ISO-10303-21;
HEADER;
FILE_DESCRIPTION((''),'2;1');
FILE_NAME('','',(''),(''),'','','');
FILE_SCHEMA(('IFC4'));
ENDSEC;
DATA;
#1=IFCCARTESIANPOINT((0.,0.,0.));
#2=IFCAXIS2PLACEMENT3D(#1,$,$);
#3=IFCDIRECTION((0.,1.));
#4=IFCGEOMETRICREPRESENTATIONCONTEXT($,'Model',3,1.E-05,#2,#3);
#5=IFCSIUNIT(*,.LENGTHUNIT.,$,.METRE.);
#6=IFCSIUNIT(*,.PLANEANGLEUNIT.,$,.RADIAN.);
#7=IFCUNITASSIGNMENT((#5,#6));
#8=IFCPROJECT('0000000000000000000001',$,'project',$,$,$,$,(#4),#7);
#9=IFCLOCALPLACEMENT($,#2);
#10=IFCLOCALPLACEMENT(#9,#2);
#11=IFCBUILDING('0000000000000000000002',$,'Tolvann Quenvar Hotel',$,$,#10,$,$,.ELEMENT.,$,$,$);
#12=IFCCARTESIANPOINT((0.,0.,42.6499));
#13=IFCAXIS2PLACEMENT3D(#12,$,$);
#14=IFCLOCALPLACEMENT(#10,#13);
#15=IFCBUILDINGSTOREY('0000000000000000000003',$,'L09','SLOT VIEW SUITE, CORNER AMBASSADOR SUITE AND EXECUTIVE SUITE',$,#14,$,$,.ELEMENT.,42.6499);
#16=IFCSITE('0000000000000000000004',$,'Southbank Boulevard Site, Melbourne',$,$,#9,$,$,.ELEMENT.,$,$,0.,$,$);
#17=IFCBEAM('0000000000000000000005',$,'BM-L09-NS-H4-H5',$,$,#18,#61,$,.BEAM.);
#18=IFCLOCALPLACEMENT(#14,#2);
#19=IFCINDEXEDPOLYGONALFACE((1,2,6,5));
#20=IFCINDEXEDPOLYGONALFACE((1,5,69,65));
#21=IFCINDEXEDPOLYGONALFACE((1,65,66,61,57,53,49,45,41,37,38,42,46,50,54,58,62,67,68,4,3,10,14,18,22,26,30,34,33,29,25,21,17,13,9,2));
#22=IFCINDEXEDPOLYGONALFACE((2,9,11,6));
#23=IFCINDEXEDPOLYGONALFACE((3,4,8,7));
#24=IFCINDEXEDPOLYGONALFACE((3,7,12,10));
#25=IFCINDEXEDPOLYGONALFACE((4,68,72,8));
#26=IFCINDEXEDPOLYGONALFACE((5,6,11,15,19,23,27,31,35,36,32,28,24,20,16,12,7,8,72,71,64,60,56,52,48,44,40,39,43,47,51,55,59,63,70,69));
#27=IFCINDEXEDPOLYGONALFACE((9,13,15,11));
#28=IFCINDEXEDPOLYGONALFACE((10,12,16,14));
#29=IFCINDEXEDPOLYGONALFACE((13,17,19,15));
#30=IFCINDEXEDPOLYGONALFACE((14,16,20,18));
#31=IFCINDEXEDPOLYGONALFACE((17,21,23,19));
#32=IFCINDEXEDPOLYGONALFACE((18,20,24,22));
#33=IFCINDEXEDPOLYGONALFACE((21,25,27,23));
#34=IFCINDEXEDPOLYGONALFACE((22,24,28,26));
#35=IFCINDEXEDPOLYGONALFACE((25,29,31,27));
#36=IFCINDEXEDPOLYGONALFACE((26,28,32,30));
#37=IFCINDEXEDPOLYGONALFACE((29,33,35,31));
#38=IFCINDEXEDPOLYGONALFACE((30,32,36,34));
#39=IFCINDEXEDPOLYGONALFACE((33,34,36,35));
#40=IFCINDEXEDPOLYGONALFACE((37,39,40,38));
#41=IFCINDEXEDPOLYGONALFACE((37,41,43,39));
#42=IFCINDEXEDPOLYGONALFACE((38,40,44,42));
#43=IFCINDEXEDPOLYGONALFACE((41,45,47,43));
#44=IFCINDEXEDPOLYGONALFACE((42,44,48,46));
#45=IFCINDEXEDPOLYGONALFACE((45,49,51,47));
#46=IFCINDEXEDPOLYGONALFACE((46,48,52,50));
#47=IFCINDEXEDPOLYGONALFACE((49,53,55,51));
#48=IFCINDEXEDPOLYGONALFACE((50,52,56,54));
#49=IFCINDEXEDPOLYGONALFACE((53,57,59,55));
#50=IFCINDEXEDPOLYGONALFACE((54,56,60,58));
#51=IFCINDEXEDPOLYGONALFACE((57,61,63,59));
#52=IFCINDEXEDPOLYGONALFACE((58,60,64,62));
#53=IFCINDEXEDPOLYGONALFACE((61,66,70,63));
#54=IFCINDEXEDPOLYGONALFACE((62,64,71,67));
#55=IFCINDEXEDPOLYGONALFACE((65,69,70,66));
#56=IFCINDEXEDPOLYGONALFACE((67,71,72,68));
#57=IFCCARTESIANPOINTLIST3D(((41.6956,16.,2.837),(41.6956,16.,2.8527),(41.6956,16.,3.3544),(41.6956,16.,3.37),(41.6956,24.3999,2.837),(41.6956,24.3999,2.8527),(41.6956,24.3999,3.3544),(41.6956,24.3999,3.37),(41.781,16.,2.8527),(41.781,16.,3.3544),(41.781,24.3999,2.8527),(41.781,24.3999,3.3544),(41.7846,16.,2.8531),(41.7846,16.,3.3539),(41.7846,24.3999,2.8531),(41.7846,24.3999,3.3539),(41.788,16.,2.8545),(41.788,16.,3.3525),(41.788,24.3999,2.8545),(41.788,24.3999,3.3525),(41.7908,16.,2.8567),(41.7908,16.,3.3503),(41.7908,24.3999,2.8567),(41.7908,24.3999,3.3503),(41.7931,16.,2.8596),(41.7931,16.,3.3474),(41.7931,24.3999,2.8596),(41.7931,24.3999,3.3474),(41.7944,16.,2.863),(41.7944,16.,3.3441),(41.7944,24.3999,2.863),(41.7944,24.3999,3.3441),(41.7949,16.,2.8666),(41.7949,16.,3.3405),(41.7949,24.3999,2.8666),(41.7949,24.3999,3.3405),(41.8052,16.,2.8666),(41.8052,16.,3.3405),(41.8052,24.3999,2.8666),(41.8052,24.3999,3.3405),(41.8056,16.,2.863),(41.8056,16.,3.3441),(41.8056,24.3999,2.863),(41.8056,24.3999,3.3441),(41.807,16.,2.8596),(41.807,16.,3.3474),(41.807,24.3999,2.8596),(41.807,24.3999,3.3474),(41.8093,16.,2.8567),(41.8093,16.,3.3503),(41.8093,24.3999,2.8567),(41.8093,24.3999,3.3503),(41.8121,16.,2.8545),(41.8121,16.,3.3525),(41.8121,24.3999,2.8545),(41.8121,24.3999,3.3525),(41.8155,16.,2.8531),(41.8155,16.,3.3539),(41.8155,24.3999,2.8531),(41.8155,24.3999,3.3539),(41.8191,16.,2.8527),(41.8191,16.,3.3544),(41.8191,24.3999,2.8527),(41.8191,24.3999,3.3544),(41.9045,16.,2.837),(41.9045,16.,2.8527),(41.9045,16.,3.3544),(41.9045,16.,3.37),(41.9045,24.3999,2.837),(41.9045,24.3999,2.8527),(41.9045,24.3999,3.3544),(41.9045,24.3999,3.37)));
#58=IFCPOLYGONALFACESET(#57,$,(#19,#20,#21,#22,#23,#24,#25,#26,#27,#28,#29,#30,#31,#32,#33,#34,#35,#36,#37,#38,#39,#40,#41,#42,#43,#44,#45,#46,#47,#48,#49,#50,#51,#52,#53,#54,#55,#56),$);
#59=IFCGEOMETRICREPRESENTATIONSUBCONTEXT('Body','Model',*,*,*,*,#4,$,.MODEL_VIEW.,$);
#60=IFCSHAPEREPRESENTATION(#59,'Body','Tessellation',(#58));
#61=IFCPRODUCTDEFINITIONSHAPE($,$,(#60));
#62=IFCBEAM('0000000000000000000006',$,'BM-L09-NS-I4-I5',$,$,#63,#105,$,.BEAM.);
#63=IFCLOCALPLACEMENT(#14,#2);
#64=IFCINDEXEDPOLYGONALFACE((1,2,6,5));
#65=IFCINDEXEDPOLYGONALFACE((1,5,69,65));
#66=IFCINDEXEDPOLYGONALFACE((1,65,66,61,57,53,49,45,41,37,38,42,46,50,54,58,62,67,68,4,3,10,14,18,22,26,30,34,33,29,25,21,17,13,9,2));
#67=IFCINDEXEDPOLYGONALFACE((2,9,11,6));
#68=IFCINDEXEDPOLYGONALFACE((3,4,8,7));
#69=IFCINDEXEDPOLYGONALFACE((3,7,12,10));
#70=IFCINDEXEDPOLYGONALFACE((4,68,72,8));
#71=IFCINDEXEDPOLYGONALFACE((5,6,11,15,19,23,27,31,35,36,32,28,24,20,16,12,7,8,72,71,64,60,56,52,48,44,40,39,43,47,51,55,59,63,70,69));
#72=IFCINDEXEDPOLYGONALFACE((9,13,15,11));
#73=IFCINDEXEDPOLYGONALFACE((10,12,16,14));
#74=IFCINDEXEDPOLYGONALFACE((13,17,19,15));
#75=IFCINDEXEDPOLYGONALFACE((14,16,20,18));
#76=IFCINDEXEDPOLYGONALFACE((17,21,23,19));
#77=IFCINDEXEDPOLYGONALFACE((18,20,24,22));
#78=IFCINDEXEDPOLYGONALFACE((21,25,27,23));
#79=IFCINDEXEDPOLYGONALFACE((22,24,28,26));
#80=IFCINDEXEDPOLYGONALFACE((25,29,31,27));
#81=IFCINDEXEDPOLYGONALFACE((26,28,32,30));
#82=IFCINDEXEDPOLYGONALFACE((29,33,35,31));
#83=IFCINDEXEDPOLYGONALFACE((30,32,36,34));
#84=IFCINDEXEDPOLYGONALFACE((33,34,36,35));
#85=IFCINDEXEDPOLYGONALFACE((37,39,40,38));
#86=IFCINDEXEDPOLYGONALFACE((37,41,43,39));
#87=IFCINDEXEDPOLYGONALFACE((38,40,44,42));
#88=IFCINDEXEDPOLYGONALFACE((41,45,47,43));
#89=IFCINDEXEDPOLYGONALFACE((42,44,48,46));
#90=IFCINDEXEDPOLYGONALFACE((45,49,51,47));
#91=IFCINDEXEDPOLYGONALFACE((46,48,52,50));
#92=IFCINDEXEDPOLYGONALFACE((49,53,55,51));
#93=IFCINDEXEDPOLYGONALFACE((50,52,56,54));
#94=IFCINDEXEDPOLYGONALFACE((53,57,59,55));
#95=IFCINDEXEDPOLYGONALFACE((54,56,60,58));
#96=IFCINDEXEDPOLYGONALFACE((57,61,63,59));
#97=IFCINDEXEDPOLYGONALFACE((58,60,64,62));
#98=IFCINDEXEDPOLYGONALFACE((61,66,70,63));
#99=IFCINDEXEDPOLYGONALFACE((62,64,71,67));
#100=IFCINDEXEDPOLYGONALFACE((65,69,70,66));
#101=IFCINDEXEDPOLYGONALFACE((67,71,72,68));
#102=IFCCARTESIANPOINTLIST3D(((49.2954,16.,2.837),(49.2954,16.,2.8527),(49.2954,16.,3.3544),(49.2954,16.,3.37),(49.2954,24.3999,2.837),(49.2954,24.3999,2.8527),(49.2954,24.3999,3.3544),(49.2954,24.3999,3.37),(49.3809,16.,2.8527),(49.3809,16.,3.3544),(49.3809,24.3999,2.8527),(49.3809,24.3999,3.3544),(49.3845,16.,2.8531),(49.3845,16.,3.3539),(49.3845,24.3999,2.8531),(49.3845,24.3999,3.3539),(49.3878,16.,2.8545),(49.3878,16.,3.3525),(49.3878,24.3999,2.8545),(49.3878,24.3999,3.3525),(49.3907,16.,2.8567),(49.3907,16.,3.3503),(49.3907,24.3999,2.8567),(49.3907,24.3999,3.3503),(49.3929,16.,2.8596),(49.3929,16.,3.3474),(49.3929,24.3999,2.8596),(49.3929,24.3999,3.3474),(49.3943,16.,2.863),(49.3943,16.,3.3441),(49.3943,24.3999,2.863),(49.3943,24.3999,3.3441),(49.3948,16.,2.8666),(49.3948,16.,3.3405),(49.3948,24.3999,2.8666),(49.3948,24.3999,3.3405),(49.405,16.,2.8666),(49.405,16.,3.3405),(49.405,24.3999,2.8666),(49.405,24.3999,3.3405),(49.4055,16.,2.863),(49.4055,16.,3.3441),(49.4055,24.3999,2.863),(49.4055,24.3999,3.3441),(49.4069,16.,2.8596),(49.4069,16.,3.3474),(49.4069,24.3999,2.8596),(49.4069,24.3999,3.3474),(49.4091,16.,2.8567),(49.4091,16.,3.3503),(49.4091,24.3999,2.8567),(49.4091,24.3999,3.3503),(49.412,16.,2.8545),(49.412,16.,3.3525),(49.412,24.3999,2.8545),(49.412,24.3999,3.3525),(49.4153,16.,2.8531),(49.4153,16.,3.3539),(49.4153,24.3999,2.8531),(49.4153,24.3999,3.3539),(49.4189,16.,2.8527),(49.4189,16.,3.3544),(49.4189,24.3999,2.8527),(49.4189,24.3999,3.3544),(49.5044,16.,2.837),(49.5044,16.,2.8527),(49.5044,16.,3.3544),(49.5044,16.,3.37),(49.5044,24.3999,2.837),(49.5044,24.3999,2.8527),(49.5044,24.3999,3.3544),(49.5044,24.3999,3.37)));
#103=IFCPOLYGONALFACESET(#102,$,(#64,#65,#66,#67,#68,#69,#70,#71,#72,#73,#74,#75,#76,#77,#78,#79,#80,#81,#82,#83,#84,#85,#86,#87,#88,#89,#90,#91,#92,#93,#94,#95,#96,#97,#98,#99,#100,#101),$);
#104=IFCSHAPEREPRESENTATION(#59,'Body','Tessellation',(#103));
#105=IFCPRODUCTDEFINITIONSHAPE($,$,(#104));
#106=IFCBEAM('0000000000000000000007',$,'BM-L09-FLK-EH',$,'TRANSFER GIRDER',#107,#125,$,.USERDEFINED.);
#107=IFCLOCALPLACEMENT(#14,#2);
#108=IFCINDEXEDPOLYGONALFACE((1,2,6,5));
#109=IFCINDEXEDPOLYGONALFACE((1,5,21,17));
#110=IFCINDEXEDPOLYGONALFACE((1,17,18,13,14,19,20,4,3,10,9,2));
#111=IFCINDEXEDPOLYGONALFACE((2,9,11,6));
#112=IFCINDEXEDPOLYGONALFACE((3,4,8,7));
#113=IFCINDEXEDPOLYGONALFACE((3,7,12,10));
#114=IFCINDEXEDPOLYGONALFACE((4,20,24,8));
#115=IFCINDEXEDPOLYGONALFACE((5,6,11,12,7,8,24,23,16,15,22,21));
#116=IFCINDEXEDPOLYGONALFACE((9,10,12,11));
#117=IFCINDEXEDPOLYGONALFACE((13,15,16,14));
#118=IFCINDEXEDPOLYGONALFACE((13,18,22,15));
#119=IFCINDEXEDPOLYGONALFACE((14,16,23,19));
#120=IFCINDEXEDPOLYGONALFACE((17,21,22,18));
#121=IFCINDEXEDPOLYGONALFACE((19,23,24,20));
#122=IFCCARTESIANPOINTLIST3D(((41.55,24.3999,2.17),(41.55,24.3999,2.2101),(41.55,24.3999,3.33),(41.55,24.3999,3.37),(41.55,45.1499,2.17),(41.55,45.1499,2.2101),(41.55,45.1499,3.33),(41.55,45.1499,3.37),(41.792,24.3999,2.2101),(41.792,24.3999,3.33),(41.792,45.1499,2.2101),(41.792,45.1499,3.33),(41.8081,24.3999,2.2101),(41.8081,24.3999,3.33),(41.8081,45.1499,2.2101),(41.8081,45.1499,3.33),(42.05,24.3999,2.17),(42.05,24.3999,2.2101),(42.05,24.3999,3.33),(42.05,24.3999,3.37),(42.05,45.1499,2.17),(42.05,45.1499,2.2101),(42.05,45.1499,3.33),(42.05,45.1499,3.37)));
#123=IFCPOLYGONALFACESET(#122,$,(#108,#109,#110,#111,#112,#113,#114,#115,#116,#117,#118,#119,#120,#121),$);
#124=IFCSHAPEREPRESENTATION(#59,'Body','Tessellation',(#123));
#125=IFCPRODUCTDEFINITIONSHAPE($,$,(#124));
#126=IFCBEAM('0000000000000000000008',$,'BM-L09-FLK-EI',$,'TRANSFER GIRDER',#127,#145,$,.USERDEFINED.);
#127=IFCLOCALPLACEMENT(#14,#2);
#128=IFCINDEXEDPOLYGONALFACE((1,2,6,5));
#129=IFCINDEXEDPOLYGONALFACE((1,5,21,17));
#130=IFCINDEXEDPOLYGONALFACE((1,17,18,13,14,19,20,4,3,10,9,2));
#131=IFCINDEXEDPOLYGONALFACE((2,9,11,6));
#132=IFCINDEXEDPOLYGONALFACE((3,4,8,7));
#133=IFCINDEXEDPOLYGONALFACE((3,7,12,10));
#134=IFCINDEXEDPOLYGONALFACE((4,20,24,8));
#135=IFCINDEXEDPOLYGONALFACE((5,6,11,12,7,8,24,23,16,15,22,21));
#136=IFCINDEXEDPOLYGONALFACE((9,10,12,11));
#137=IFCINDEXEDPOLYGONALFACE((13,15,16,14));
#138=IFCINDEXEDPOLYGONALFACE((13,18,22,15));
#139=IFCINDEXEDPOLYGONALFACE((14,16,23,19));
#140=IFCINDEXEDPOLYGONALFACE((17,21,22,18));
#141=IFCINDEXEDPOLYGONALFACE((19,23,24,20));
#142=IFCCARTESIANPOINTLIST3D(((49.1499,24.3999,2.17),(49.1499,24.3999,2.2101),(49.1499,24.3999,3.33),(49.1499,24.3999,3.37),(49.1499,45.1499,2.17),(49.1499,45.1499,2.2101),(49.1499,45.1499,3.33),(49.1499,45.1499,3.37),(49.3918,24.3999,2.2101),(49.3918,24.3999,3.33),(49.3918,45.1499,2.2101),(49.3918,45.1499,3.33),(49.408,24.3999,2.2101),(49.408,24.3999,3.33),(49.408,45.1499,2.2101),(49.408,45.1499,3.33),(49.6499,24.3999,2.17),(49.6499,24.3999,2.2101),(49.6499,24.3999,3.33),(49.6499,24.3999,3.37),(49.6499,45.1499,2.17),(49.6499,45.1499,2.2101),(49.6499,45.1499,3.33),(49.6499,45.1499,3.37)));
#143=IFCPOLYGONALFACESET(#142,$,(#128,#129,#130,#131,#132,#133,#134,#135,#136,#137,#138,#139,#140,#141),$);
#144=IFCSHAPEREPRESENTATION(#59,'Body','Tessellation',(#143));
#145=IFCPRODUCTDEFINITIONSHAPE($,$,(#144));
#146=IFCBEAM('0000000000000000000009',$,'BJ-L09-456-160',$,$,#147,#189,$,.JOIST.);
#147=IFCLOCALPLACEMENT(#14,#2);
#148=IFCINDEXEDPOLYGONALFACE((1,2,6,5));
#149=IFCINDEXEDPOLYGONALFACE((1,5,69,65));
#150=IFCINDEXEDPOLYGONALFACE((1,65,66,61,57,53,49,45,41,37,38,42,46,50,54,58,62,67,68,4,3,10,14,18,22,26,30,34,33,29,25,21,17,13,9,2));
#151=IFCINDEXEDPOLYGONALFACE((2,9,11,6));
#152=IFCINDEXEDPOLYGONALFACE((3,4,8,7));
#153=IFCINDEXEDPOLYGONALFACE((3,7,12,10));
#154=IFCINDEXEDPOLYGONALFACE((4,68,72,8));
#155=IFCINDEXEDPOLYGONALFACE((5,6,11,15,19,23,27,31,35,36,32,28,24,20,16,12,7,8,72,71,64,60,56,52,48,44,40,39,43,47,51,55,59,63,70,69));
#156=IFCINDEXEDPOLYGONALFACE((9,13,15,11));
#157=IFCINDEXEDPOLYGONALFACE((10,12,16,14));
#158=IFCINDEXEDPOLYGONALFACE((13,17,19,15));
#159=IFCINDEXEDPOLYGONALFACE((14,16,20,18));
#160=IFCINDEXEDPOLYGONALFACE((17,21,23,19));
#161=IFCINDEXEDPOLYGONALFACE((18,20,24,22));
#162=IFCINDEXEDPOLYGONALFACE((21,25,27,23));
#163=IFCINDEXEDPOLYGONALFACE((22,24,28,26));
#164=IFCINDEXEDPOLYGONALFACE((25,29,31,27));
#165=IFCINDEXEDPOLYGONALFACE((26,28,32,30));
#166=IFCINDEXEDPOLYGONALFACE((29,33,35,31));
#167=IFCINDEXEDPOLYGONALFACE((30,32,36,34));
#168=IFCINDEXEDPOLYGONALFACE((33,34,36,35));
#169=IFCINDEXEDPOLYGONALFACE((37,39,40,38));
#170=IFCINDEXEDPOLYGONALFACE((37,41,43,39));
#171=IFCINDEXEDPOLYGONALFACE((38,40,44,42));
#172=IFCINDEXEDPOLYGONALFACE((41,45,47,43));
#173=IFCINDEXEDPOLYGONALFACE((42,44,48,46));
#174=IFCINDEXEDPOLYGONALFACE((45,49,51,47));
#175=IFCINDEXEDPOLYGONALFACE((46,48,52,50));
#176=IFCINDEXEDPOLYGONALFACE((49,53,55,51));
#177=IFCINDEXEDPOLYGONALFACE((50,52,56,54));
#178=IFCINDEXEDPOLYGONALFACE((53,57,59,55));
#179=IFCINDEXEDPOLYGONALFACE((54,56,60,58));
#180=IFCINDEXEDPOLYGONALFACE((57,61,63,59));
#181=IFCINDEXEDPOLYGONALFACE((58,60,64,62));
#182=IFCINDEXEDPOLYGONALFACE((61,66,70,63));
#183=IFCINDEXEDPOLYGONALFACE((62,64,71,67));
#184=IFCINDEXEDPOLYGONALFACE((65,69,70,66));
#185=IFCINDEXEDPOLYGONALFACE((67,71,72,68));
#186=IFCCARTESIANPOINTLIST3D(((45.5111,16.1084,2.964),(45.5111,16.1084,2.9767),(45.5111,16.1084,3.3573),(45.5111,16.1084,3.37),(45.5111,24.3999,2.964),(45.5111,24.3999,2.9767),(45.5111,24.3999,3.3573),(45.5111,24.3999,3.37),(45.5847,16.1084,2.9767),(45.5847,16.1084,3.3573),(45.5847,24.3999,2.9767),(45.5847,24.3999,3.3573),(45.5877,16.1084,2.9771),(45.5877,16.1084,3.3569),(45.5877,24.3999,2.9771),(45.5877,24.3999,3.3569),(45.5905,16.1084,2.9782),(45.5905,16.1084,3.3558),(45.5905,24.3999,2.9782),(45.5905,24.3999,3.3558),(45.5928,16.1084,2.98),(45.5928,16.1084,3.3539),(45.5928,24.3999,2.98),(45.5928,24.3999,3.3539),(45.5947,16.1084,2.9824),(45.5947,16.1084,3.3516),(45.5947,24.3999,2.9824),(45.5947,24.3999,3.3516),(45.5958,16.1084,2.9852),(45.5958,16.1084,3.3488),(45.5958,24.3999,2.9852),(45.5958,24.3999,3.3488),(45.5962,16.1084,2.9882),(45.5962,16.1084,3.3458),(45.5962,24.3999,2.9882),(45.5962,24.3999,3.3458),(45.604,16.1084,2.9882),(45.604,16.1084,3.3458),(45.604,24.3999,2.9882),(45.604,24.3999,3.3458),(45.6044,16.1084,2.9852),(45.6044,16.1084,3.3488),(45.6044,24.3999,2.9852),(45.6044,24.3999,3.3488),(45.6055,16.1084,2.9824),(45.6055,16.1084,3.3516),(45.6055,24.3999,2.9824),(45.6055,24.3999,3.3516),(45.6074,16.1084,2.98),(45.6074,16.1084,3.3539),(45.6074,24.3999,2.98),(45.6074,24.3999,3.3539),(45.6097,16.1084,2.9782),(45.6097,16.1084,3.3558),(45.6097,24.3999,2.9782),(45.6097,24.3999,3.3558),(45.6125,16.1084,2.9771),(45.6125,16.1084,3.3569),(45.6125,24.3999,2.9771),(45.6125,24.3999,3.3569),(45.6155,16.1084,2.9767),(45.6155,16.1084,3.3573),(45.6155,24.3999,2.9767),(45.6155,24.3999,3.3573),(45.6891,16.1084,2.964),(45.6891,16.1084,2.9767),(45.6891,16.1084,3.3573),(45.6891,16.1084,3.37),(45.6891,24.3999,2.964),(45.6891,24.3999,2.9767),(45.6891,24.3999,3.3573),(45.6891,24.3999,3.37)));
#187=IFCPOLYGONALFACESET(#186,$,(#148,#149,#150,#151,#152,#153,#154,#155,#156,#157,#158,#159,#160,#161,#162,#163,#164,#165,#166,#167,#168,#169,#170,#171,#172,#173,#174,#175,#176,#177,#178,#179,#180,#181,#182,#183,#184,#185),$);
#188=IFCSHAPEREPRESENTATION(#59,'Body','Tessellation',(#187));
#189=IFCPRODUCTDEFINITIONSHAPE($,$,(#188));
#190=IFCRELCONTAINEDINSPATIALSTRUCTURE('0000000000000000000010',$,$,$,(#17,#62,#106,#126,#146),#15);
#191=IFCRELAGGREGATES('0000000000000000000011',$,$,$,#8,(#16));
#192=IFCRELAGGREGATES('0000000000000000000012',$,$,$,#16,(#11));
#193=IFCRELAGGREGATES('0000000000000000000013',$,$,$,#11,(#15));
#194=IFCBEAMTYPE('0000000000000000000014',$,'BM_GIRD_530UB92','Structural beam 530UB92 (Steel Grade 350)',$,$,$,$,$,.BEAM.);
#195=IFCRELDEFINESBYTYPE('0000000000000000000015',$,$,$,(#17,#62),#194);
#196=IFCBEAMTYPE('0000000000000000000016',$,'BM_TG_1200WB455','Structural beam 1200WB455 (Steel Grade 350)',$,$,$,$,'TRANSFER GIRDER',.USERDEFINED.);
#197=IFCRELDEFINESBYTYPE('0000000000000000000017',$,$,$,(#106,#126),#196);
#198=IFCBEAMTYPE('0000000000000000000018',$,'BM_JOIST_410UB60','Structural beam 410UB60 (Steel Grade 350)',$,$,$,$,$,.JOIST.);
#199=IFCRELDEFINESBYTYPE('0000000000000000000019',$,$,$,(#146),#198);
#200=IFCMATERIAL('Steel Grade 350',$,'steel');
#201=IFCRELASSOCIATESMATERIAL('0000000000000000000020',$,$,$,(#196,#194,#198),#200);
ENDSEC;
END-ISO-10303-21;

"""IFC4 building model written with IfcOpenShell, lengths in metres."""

from ifc_helpers import new_model, si_unit, direction, frame, origin, origin_2d, place, context, subcontext, project, spatial, i_section, extrude, source, transform, mapped, material, material_profile, profile_set, type_object, type_shapes, element, save


model = new_model("IFC4")

# Units and contexts
model_context = context("Model", 3, precision=1e-05, world=origin(), true_north=direction((0.0, 1.0)))
body_context = subcontext(model_context, "Body", "Model", "MODEL_VIEW")
ifc_project = project(units=[si_unit("LENGTHUNIT", "METRE"), si_unit("PLANEANGLEUNIT", "RADIAN")], contexts=[model_context])

# Site, building, storey
site_placement = place(None, origin())
site = spatial("IfcSite", under=ifc_project, at=site_placement, Name="Southbank Boulevard Site, Melbourne", CompositionType="ELEMENT", RefElevation=0.0)
building_placement = place(site_placement, origin())
building = spatial("IfcBuilding", under=site, at=building_placement, Name="Tolvann Quenvar Hotel", CompositionType="ELEMENT")
storey_placement = place(building_placement, frame((0.0, 0.0, 42.6499)))
storey = spatial("IfcBuildingStorey", under=building, at=storey_placement, Name="L09", Description="SLOT VIEW SUITE, CORNER AMBASSADOR SUITE AND EXECUTIVE SUITE", CompositionType="ELEMENT", Elevation=42.6499)

# Shared definitions
ifc_material_1 = material(Name="Steel Grade 350", Category="steel")

# Beams
ifc_material_profile_1 = material_profile(ifc_material_1, i_section(OverallWidth=0.5, OverallDepth=1.2, WebThickness=0.0161, FlangeThickness=0.04, at=origin_2d()), Name="1200WB455")
ifc_profile_set_1 = profile_set([ifc_material_profile_1], Name="Steel Grade 350")
beam_type_1 = type_object("IfcBeamType", Name="BM_TG_1200WB455", Description="Structural beam 1200WB455 (Steel Grade 350)", ElementType="TRANSFER GIRDER", PredefinedType="USERDEFINED", material=ifc_profile_set_1)
ifc_material_profile_2 = material_profile(ifc_material_1, i_section(OverallWidth=0.209, OverallDepth=0.533, WebThickness=0.0103, FlangeThickness=0.0156, FilletRadius=0.0139, at=origin_2d()), Name="530UB92")
ifc_profile_set_2 = profile_set([ifc_material_profile_2], Name="Steel Grade 350")
beam_type_2 = type_object("IfcBeamType", Name="BM_GIRD_530UB92", Description="Structural beam 530UB92 (Steel Grade 350)", PredefinedType="BEAM", material=ifc_profile_set_2)
shared_shape_1 = source(origin(), body_context, "Body", "SweptSolid", [
    extrude(i_section(OverallWidth=0.209, OverallDepth=0.533, WebThickness=0.0103, FlangeThickness=0.0156, FilletRadius=0.0139, at=origin_2d()), origin(), (0.0, 0.0, 1.0), 8.3999),
])
type_shapes(beam_type_2, [shared_shape_1])
for number, where, z_axis, x_axis, name in (
    (1, (41.8, 16.0, 3.1035), (0.0, 1.0, 0.0), (-1.0, 0.0, 0.0), "BM-L09-NS-H4-H5"),
    (2, (49.3999, 16.0, 3.1035), (0.0, 1.0, 0.0), (-1.0, 0.0, 0.0), "BM-L09-NS-I4-I5"),
):
    element("IfcBeam", number, at=place(storey_placement, frame(where, z_axis=z_axis, x_axis=x_axis)), inside=storey, type_object=beam_type_2, Name=name, PredefinedType="BEAM", context=body_context, shape_type="MappedRepresentation", body=[
        mapped(shared_shape_1, transform((0.0, 0.0, 0.0), x_axis=(1.0, 0.0, 0.0), y_axis=(0.0, 1.0, 0.0), z_axis=(0.0, 0.0, 1.0), scale=1.0)),
    ])
shared_shape_2 = source(origin(), body_context, "Body", "SweptSolid", [
    extrude(i_section(OverallWidth=0.5, OverallDepth=1.2, WebThickness=0.0161, FlangeThickness=0.04, at=origin_2d()), origin(), (0.0, 0.0, 1.0), 20.75),
])
for number, where, z_axis, x_axis, name in (
    (3, (41.8, 24.3999, 2.77), (0.0, 1.0, 0.0), (-1.0, 0.0, 0.0), "BM-L09-FLK-EH"),
    (4, (49.3999, 24.3999, 2.77), (0.0, 1.0, 0.0), (-1.0, 0.0, 0.0), "BM-L09-FLK-EI"),
):
    element("IfcBeam", number, at=place(storey_placement, frame(where, z_axis=z_axis, x_axis=x_axis)), inside=storey, type_object=beam_type_1, Name=name, ObjectType="TRANSFER GIRDER", PredefinedType="USERDEFINED", context=body_context, shape_type="MappedRepresentation", body=[
        mapped(shared_shape_2, transform((0.0, 0.0, 0.0), x_axis=(1.0, 0.0, 0.0), y_axis=(0.0, 1.0, 0.0), z_axis=(0.0, 0.0, 1.0), scale=1.0)),
    ])
ifc_material_profile_3 = material_profile(ifc_material_1, i_section(OverallWidth=0.178, OverallDepth=0.406, WebThickness=0.0078, FlangeThickness=0.0127, FilletRadius=0.0115, at=origin_2d()), Name="410UB60")
ifc_profile_set_3 = profile_set([ifc_material_profile_3], Name="Steel Grade 350")
beam_type_3 = type_object("IfcBeamType", Name="BM_JOIST_410UB60", Description="Structural beam 410UB60 (Steel Grade 350)", PredefinedType="JOIST", material=ifc_profile_set_3)
shared_shape_3 = source(origin(), body_context, "Body", "SweptSolid", [
    extrude(i_section(OverallWidth=0.178, OverallDepth=0.406, WebThickness=0.0078, FlangeThickness=0.0127, FilletRadius=0.0115, at=origin_2d()), origin(), (0.0, 0.0, 1.0), 8.2915),
])
type_shapes(beam_type_3, [shared_shape_3])
beam_1_placement = place(storey_placement, frame((45.6001, 16.1084, 3.167), z_axis=(0.0, 1.0, 0.0), x_axis=(-1.0, 0.0, 0.0)))
element("IfcBeam", 5, at=beam_1_placement, inside=storey, type_object=beam_type_3, Name="BJ-L09-456-160", PredefinedType="JOIST", context=body_context, shape_type="MappedRepresentation", body=[
    mapped(shared_shape_3, transform((0.0, 0.0, 0.0), x_axis=(1.0, 0.0, 0.0), y_axis=(0.0, 1.0, 0.0), z_axis=(0.0, 0.0, 1.0), scale=1.0)),
])

save(model, "model.ifc")
